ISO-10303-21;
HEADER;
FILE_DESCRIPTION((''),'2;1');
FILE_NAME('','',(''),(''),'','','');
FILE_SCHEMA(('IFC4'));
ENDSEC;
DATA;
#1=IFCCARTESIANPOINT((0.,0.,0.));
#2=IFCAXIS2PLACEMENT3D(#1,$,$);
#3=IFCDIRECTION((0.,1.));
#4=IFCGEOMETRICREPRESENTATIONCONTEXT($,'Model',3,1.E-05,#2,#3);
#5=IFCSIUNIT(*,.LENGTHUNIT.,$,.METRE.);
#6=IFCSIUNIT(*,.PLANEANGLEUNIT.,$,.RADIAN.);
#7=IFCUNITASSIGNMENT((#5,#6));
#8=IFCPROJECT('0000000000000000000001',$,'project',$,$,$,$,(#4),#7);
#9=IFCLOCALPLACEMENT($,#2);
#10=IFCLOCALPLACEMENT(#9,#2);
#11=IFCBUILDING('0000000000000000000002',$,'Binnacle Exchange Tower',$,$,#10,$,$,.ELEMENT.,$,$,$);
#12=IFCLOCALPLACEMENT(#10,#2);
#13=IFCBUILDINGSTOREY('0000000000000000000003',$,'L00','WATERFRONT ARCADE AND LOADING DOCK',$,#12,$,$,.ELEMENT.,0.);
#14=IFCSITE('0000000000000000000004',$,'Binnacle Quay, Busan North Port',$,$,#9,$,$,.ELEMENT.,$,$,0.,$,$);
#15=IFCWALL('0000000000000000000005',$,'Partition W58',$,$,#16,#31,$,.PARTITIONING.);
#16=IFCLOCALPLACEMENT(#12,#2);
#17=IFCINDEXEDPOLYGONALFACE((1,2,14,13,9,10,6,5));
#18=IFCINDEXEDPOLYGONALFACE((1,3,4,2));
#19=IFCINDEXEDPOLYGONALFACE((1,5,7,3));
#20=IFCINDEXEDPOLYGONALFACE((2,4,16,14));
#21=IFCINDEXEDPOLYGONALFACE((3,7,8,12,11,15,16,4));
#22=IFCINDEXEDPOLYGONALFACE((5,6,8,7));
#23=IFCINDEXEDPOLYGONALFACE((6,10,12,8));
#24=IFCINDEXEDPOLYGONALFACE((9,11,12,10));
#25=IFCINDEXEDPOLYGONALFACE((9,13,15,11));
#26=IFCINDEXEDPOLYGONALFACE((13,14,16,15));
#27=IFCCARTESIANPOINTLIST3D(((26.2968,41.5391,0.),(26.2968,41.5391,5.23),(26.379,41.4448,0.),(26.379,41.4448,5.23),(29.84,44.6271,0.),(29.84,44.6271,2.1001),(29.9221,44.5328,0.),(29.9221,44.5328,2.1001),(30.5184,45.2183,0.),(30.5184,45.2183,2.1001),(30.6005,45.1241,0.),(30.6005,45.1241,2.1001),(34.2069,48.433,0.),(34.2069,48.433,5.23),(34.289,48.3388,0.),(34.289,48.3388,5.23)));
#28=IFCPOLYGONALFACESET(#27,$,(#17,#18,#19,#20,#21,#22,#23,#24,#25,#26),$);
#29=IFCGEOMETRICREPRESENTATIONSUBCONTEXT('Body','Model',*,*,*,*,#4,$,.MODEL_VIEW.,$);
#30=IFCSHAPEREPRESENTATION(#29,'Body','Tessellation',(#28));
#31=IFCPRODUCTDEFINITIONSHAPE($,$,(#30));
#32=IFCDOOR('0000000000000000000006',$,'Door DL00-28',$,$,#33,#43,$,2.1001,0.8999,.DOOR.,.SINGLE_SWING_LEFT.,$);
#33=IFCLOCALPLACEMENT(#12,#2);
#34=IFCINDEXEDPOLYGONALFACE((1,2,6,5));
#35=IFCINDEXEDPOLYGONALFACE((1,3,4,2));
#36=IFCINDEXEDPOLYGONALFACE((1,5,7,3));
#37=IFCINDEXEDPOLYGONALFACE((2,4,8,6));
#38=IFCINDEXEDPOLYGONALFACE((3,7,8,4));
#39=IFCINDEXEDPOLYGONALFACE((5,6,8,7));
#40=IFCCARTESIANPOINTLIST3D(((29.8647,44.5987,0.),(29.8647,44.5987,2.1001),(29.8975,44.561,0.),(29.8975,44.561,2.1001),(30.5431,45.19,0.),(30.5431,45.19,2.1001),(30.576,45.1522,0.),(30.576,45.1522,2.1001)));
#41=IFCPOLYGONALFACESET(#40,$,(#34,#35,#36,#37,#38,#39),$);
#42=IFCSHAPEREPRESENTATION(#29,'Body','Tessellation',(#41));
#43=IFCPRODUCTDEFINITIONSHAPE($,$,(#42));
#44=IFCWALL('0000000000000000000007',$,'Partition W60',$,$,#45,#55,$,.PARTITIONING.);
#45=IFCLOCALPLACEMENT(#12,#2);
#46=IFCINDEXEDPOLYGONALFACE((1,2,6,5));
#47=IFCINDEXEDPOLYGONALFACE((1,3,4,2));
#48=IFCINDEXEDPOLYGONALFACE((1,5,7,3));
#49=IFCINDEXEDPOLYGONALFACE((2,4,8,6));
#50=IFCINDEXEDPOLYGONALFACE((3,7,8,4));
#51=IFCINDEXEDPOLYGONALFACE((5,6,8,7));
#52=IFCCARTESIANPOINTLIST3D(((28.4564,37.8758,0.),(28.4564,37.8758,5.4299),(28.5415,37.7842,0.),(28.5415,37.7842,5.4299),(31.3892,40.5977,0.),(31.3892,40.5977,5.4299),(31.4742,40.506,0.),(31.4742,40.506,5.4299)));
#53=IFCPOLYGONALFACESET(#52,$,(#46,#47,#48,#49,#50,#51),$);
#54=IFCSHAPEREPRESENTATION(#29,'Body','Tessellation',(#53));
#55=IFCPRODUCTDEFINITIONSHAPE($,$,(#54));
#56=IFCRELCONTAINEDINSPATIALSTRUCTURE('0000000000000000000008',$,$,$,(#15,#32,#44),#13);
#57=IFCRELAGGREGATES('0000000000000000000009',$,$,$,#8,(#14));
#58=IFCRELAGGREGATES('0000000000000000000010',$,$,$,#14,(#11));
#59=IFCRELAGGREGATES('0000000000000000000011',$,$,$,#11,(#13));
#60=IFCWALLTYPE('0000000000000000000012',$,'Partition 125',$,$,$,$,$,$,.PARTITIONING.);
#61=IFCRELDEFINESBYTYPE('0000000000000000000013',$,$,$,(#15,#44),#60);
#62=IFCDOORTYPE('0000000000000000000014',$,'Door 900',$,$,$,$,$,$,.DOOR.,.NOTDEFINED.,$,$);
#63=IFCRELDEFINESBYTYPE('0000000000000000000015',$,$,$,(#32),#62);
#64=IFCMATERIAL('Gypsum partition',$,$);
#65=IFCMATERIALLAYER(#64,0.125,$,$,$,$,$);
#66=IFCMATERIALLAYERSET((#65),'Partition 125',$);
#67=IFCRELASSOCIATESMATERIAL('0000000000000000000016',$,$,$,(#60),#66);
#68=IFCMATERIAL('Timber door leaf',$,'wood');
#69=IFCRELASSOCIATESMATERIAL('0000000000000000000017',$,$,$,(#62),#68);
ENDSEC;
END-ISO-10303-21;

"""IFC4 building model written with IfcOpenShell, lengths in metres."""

from ifc_helpers import new_model, si_unit, direction, frame, frame_2d, origin, place, context, subcontext, project, spatial, rectangle, extrude, material, layer, layer_set, type_object, element, fill, save


model = new_model("IFC4")

# Units and contexts
model_context = context("Model", 3, precision=1e-05, world=origin(), true_north=direction((0.0, 1.0)))
body_context = subcontext(model_context, "Body", "Model", "MODEL_VIEW")
ifc_project = project(units=[si_unit("LENGTHUNIT", "METRE"), si_unit("PLANEANGLEUNIT", "RADIAN")], contexts=[model_context])

# Site, building, storey
site_placement = place(None, origin())
site = spatial("IfcSite", under=ifc_project, at=site_placement, Name="Binnacle Quay, Busan North Port", CompositionType="ELEMENT", RefElevation=0.0)
building_placement = place(site_placement, origin())
building = spatial("IfcBuilding", under=site, at=building_placement, Name="Binnacle Exchange Tower", CompositionType="ELEMENT")
storey_placement = place(building_placement, origin())
storey = spatial("IfcBuildingStorey", under=building, at=storey_placement, Name="L00", Description="WATERFRONT ARCADE AND LOADING DOCK", CompositionType="ELEMENT", Elevation=0.0)

# Shared definitions
ifc_material_1 = material(Name="Gypsum partition")
ifc_layer_1 = layer(ifc_material_1, 0.125)
ifc_layer_set_1 = layer_set([ifc_layer_1], Name="Partition 125")
wall_type_1 = type_object("IfcWallType", Name="Partition 125", PredefinedType="PARTITIONING", material=ifc_layer_set_1)

# Wall, opening, door
ifc_material_2 = material(Name="Timber door leaf", Category="wood")
door_type_1 = type_object("IfcDoorType", Name="Door 900", OperationType="NOTDEFINED", PredefinedType="DOOR", material=ifc_material_2)
wall_1_placement = place(storey_placement, frame((26.3379, 41.4919, 0.0), z_axis=(0.0, 0.0, 1.0), x_axis=(0.753867, 0.657027, 0.0)))
wall_1 = element("IfcWall", 1, at=wall_1_placement, inside=storey, type_object=wall_type_1, Name="Partition W58", PredefinedType="PARTITIONING", context=body_context, shape_type="SweptSolid", body=[
    extrude(rectangle(XDim=10.4927, YDim=0.125, at=frame_2d((5.2463, 0.0))), origin(), (0.0, 0.0, 1.0), 5.23),
])
opening_1_placement = place(wall_1_placement, frame((4.7, 0.0, 0.0)))
opening_1 = element("IfcOpeningElement", 2, at=opening_1_placement, cuts=wall_1, PredefinedType="OPENING", context=body_context, shape_type="SweptSolid", body=[
    extrude(rectangle(XDim=0.8999, YDim=2.1001, at=frame_2d((0.45, 1.05))), frame((0.0, 0.0725, 0.0), z_axis=(0.0, -1.0, 0.0), x_axis=(1.0, 0.0, 0.0)), (0.0, 0.0, 1.0), 0.145),
])
door_1_placement = place(opening_1_placement, origin())
door_1 = element("IfcDoor", 3, at=door_1_placement, inside=storey, type_object=door_type_1, Name="Door DL00-28", OperationType="SINGLE_SWING_LEFT", OverallHeight=2.1001, OverallWidth=0.8999, PredefinedType="DOOR", context=body_context, shape_type="SweptSolid", body=[
    extrude(rectangle(XDim=0.8999, YDim=2.1001, at=frame_2d((0.45, 1.05))), frame((0.0, 0.0249, 0.0), z_axis=(0.0, -1.0, 0.0), x_axis=(1.0, 0.0, 0.0)), (0.0, 0.0, 1.0), 0.05),
])
fill(opening_1, door_1)

# Wall
wall_2_placement = place(storey_placement, frame((28.499, 37.8301, 0.0), z_axis=(0.0, 0.0, 1.0), x_axis=(0.732974, 0.680257, 0.0)))
element("IfcWall", 4, at=wall_2_placement, inside=storey, type_object=wall_type_1, Name="Partition W60", PredefinedType="PARTITIONING", context=body_context, shape_type="SweptSolid", body=[
    extrude(rectangle(XDim=4.0012, YDim=0.125, at=frame_2d((2.0005, 0.0))), origin(), (0.0, 0.0, 1.0), 5.4299),
])

save(model, "model.ifc")
